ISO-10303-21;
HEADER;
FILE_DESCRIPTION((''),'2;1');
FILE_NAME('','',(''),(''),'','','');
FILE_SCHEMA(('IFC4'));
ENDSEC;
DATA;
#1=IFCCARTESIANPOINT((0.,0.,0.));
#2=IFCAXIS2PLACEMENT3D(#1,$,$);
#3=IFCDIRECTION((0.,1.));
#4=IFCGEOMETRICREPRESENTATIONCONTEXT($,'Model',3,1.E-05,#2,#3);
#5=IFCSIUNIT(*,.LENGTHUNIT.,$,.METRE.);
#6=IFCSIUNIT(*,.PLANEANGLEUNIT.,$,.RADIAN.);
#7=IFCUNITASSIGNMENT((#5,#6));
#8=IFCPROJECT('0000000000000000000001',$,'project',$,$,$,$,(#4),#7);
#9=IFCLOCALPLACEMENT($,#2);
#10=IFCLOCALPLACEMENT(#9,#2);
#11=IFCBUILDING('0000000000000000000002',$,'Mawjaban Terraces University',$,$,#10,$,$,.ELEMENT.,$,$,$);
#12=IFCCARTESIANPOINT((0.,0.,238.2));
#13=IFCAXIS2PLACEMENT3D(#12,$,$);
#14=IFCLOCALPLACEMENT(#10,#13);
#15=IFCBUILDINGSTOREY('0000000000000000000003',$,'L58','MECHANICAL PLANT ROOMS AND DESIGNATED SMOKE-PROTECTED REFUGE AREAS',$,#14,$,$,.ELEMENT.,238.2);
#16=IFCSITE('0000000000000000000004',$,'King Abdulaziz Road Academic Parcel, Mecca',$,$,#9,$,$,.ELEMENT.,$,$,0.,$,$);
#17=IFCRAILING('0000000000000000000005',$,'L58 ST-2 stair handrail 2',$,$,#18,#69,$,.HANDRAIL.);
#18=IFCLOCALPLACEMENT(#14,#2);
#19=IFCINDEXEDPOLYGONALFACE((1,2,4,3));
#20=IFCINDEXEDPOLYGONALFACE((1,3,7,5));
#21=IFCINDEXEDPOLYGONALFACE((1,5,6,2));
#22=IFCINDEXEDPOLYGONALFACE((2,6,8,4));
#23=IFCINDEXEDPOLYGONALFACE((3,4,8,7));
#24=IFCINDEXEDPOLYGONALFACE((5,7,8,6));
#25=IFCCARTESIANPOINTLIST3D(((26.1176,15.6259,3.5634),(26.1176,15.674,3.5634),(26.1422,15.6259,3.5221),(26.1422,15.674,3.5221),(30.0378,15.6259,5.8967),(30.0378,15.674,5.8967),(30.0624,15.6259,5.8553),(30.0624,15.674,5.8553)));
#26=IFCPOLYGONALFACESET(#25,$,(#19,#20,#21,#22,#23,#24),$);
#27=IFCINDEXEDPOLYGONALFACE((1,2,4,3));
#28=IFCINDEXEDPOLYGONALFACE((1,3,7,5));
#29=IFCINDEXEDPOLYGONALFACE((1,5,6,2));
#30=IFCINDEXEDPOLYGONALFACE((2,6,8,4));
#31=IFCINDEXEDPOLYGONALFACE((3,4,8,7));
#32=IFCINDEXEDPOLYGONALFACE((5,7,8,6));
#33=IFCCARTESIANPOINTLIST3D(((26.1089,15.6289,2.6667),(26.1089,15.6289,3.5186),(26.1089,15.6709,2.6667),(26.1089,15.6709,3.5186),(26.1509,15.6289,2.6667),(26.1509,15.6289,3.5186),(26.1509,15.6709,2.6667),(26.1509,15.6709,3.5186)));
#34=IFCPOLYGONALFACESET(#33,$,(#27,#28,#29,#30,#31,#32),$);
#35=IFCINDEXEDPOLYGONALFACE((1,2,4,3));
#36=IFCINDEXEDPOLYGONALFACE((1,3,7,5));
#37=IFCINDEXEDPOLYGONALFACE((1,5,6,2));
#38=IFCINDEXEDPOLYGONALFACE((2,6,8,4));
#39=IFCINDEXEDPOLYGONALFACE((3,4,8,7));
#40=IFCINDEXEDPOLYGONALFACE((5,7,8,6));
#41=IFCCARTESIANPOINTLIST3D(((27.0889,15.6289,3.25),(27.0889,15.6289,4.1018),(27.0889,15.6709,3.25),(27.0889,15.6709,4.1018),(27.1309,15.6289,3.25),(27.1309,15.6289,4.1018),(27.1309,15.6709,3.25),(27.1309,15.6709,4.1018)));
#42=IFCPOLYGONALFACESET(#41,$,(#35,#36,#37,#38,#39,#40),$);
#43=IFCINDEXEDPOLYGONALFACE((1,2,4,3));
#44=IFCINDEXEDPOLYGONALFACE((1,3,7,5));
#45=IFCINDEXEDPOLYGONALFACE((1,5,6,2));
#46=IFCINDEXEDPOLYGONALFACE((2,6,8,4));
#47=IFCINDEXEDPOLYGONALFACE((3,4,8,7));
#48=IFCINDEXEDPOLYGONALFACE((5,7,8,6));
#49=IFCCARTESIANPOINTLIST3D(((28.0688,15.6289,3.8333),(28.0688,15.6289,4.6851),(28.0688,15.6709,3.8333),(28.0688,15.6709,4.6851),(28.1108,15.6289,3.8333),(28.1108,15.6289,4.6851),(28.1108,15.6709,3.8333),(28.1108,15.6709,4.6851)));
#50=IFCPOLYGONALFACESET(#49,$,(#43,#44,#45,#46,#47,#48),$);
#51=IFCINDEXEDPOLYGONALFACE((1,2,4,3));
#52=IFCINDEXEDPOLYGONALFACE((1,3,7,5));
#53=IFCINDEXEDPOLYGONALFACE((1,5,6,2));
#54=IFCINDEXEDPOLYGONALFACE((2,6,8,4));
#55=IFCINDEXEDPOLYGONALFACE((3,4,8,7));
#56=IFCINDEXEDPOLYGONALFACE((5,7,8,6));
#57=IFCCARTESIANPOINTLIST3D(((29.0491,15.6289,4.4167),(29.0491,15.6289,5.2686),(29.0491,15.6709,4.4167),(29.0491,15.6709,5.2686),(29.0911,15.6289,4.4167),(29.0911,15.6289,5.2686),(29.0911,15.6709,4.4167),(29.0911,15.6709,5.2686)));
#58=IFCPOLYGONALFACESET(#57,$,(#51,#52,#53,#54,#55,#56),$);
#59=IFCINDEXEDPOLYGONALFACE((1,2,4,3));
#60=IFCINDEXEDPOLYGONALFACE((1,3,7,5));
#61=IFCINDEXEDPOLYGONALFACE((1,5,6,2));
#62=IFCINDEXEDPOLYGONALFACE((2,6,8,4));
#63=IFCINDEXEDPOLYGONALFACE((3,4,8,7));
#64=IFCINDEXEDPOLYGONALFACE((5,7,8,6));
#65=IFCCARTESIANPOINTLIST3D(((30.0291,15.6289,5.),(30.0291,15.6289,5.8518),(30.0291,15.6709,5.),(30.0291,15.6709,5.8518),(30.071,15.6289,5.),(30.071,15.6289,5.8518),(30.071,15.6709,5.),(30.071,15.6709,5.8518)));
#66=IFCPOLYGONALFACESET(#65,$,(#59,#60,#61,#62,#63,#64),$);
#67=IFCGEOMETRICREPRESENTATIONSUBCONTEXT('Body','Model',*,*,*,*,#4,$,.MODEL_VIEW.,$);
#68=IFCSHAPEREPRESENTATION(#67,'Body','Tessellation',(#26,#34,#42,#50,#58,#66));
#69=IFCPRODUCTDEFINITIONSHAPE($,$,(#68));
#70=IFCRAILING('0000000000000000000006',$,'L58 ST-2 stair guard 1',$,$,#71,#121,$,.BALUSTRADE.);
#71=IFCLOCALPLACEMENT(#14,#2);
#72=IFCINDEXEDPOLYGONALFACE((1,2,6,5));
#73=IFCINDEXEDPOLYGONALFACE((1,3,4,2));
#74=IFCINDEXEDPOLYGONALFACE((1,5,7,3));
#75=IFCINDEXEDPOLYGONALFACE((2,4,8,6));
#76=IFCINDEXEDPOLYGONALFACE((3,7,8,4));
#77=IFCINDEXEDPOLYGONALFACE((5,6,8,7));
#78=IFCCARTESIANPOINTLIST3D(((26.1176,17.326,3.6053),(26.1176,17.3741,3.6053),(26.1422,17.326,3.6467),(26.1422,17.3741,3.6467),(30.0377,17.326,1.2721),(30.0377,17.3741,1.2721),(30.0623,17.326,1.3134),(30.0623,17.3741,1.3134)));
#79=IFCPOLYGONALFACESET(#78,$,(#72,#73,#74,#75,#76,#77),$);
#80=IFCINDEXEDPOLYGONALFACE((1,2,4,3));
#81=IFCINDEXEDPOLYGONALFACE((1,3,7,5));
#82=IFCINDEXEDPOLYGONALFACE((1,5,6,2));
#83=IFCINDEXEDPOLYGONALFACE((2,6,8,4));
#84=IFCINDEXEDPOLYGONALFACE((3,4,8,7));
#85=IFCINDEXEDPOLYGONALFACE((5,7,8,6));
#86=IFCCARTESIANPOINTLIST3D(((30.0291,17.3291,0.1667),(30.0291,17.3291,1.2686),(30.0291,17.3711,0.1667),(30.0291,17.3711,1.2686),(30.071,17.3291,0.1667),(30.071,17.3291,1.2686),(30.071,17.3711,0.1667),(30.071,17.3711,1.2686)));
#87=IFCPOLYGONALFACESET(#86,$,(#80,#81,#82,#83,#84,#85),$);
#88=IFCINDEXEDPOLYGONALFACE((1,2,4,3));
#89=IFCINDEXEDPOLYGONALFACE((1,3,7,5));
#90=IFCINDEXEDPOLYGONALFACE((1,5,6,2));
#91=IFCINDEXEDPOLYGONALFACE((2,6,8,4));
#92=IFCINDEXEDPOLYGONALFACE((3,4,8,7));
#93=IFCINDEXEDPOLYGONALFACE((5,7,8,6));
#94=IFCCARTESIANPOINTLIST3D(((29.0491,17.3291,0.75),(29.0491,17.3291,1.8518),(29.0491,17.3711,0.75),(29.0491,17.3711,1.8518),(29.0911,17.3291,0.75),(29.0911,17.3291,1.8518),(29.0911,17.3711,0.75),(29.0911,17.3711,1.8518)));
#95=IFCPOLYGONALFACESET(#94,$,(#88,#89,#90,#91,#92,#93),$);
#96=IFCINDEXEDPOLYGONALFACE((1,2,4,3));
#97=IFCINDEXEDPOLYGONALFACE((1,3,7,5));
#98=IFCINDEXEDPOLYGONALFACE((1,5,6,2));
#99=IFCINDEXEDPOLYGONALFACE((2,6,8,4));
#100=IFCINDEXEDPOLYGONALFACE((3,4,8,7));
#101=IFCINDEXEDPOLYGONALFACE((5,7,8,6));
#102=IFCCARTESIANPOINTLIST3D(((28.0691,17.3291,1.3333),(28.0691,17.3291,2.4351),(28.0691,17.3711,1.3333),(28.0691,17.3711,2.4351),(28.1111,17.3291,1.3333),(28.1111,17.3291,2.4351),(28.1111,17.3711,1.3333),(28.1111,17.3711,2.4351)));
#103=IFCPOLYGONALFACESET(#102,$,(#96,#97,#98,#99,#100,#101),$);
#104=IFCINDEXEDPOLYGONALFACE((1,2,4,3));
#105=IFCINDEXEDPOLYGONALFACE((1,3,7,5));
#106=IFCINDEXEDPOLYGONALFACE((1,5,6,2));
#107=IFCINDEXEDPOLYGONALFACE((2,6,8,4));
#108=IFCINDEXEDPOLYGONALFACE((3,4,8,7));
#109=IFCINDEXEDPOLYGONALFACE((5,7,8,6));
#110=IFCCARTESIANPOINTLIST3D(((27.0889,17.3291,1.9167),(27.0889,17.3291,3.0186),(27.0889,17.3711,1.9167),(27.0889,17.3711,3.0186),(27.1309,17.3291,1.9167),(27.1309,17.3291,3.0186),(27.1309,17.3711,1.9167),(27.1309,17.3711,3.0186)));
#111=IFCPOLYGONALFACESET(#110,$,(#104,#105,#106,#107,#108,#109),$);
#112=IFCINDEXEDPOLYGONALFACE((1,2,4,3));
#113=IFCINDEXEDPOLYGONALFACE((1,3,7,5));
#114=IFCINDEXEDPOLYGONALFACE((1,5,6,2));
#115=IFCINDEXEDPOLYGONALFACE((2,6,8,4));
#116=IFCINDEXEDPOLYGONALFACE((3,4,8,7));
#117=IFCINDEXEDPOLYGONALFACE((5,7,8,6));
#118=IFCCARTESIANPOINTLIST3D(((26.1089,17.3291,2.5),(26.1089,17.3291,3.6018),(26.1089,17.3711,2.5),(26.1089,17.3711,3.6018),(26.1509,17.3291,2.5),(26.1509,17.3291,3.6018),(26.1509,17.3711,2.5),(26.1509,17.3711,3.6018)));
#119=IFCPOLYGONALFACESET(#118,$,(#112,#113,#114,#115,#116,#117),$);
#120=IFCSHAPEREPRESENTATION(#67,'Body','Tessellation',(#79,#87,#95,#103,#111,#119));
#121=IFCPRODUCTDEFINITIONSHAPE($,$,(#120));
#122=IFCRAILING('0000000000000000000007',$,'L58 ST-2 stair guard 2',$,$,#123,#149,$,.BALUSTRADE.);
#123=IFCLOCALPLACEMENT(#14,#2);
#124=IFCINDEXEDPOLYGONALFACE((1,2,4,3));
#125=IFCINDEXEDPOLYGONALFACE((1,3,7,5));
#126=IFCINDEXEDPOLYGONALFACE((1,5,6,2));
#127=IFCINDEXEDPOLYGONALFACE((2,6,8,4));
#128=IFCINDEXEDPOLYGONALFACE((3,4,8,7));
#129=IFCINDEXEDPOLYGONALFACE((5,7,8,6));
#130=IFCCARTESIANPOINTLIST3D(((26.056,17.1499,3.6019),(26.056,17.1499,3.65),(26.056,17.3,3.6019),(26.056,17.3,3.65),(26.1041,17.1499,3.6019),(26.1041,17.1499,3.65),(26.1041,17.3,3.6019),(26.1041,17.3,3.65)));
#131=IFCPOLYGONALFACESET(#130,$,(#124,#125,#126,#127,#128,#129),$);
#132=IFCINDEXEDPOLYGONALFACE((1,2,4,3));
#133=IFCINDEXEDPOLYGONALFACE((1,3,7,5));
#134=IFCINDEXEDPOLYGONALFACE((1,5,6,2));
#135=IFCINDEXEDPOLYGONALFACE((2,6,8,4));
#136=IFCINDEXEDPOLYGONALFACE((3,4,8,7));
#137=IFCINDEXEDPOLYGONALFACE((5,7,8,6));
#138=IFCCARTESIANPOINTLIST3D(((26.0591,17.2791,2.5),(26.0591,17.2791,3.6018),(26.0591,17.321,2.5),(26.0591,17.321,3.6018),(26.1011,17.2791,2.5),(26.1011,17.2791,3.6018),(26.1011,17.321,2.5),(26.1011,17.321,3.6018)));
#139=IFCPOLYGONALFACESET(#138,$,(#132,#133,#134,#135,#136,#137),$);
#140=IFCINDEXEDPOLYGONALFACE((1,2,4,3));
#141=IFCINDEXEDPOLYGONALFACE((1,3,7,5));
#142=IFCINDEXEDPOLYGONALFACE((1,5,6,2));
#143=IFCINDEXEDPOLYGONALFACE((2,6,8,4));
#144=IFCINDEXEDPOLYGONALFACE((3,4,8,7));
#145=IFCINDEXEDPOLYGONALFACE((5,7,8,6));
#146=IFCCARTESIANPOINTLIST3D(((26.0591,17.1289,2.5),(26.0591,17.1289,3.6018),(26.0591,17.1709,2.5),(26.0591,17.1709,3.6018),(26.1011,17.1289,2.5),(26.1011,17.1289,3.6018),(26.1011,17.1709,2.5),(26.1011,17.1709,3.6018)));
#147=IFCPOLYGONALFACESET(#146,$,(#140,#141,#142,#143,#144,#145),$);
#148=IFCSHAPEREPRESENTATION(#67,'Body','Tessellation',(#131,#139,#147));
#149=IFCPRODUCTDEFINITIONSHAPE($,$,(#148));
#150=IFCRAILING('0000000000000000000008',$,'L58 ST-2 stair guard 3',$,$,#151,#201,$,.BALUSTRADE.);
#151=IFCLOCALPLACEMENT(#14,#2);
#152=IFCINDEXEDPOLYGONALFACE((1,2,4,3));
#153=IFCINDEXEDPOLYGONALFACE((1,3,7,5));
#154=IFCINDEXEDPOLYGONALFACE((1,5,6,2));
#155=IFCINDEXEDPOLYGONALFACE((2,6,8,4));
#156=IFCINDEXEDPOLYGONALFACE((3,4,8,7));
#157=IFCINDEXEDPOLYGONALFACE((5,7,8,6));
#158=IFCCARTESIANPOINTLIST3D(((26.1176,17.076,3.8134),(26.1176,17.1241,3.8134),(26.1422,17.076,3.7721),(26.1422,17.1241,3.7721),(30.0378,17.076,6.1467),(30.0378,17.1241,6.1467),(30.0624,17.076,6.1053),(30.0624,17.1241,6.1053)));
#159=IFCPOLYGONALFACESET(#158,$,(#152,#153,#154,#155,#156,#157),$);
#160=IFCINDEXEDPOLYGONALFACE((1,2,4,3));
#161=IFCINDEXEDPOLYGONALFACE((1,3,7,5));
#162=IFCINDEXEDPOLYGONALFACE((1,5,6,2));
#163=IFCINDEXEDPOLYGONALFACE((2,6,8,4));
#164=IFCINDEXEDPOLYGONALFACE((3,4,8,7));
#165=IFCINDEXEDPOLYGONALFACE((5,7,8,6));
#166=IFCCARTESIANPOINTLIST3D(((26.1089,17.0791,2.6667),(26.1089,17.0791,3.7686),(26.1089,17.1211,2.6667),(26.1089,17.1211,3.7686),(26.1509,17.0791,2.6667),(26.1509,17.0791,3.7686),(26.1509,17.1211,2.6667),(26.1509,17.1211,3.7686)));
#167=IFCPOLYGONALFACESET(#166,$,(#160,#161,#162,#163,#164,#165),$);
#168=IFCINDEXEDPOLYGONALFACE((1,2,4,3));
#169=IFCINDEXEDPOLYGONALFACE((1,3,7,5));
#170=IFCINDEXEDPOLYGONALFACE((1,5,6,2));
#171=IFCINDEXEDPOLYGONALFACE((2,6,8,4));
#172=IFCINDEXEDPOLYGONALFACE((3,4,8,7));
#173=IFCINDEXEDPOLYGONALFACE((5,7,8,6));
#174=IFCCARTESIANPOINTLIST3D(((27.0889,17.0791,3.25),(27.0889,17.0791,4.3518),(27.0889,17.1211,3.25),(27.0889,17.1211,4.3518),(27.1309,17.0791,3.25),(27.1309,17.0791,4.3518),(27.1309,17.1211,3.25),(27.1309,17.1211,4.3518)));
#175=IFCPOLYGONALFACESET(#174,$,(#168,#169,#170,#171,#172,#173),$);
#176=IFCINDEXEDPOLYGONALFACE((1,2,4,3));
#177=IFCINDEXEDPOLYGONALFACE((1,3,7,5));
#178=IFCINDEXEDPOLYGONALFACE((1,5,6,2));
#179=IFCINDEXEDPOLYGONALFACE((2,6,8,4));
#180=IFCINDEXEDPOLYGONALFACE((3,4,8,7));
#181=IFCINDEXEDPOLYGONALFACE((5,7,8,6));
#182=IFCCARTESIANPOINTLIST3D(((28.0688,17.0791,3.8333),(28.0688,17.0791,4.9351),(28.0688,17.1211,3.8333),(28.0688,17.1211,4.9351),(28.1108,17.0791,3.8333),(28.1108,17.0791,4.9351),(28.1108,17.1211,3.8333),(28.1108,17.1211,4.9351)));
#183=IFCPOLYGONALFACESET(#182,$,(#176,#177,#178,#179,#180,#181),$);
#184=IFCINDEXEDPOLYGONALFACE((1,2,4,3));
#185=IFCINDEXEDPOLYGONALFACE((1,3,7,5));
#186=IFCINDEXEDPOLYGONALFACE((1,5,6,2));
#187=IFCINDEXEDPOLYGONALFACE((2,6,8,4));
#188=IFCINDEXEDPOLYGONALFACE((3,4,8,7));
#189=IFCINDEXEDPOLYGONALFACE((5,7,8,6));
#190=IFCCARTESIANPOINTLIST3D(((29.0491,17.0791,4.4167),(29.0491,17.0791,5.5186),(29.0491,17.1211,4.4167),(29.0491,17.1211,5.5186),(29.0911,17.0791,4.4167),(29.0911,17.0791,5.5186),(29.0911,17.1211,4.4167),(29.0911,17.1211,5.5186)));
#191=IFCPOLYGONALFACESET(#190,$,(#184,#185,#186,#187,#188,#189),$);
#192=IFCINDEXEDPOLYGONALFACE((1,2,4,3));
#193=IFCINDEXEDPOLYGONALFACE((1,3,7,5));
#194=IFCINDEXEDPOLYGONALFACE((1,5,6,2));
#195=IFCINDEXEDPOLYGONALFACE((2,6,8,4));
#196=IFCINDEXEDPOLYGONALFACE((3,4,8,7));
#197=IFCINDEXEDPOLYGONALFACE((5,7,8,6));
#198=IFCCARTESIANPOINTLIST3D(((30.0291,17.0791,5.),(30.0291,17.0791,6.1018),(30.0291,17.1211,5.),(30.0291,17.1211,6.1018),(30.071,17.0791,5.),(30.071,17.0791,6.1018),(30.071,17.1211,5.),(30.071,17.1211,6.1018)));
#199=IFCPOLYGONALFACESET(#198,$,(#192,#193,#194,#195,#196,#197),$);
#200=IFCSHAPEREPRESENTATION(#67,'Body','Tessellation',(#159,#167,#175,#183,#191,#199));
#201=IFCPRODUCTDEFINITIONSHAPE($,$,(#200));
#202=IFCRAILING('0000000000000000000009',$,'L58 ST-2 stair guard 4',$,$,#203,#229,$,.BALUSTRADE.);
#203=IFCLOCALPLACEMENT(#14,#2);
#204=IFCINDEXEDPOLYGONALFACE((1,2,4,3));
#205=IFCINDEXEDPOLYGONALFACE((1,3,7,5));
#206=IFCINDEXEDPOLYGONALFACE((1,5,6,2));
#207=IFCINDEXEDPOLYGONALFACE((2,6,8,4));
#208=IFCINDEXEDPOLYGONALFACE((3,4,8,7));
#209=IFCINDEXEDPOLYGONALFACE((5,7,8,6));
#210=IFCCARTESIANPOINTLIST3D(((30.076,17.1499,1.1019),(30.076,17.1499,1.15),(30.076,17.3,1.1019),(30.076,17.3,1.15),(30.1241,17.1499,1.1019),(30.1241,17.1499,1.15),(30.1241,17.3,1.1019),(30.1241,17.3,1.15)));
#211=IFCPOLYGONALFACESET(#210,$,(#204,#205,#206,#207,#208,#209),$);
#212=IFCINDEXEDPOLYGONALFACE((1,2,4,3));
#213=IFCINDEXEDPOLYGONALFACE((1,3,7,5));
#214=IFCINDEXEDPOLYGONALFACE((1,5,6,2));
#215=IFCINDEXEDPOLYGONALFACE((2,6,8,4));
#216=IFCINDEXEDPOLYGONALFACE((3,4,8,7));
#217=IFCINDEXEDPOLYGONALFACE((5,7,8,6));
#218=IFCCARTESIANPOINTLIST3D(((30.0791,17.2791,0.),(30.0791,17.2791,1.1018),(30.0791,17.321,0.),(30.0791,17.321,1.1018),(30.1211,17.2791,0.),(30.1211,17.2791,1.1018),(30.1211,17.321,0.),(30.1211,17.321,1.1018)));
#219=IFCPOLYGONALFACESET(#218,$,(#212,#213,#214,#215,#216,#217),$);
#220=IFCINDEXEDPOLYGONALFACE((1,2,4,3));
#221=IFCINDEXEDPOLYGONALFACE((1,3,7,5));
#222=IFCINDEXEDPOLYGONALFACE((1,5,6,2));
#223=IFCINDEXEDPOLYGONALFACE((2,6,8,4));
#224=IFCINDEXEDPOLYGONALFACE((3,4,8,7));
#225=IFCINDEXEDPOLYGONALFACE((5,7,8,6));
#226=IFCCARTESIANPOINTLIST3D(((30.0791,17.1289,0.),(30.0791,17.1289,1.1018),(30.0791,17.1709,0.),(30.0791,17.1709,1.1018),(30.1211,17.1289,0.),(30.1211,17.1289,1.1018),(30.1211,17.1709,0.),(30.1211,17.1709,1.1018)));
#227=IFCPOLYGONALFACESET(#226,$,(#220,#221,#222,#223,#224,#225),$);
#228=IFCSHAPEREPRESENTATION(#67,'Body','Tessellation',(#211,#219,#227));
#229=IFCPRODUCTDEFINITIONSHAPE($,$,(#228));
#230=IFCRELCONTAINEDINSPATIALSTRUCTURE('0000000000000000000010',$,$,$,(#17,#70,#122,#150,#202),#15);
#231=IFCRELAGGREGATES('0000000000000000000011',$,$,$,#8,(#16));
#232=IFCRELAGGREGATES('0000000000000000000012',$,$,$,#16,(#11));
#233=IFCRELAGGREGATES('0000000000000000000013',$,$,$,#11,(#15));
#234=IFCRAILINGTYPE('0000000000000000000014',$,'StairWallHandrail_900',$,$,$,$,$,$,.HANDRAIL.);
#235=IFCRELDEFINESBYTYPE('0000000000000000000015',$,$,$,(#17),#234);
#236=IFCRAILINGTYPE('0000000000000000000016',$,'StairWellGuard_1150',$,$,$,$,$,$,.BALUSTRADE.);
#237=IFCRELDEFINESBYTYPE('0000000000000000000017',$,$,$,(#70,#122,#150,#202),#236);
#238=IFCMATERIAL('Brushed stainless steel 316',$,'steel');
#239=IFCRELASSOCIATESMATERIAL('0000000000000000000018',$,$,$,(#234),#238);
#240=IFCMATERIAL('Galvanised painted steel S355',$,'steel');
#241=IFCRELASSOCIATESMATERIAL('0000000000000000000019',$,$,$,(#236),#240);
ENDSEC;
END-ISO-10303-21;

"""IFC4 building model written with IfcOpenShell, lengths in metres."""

from ifc_helpers import new_model, si_unit, direction, frame, origin, origin_2d, place, context, subcontext, project, spatial, rectangle, extrude, material, type_object, element, save


model = new_model("IFC4")

# Units and contexts
model_context = context("Model", 3, precision=1e-05, world=origin(), true_north=direction((0.0, 1.0)))
body_context = subcontext(model_context, "Body", "Model", "MODEL_VIEW")
ifc_project = project(units=[si_unit("LENGTHUNIT", "METRE"), si_unit("PLANEANGLEUNIT", "RADIAN")], contexts=[model_context])

# Site, building, storey
site_placement = place(None, origin())
site = spatial("IfcSite", under=ifc_project, at=site_placement, Name="King Abdulaziz Road Academic Parcel, Mecca", CompositionType="ELEMENT", RefElevation=0.0)
building_placement = place(site_placement, origin())
building = spatial("IfcBuilding", under=site, at=building_placement, Name="Mawjaban Terraces University", CompositionType="ELEMENT")
storey_placement = place(building_placement, frame((0.0, 0.0, 238.2)))
storey = spatial("IfcBuildingStorey", under=building, at=storey_placement, Name="L58", Description="MECHANICAL PLANT ROOMS AND DESIGNATED SMOKE-PROTECTED REFUGE AREAS", CompositionType="ELEMENT", Elevation=238.2)

# Railings
ifc_material_1 = material(Name="Brushed stainless steel 316", Category="steel")
railing_type_1 = type_object("IfcRailingType", Name="StairWallHandrail_900", PredefinedType="HANDRAIL", material=ifc_material_1)
railing_1_placement = place(storey_placement, frame((26.1299, 15.6499, 2.6667)))
element("IfcRailing", 1, at=railing_1_placement, inside=storey, type_object=railing_type_1, Name="L58 ST-2 stair handrail 2", PredefinedType="HANDRAIL", context=body_context, shape_type="SweptSolid", body=[
    extrude(rectangle(XDim=0.0481, YDim=0.0481, at=origin_2d()), frame((0.0, 0.0, 0.876), z_axis=(0.85931, 0.0, 0.511455), x_axis=(0.0, 1.0, 0.0)), (0.0, 0.0, 1.0), 4.562),
    extrude(rectangle(XDim=0.042, YDim=0.042, at=origin_2d()), origin(), (0.0, 0.0, 1.0), 0.8518),
    extrude(rectangle(XDim=0.042, YDim=0.042, at=origin_2d()), frame((0.98, 0.0, 0.5833)), (0.0, 0.0, 1.0), 0.8518),
    extrude(rectangle(XDim=0.042, YDim=0.042, at=origin_2d()), frame((1.96, 0.0, 1.1665)), (0.0, 0.0, 1.0), 0.8518),
    extrude(rectangle(XDim=0.042, YDim=0.042, at=origin_2d()), frame((2.9402, 0.0, 1.75)), (0.0, 0.0, 1.0), 0.8518),
    extrude(rectangle(XDim=0.042, YDim=0.042, at=origin_2d()), frame((3.9202, 0.0, 2.3333)), (0.0, 0.0, 1.0), 0.8518),
])
ifc_material_2 = material(Name="Galvanised painted steel S355", Category="steel")
railing_type_2 = type_object("IfcRailingType", Name="StairWellGuard_1150", PredefinedType="BALUSTRADE", material=ifc_material_2)
railing_2_placement = place(storey_placement, frame((30.05, 17.3501, 0.1667)))
element("IfcRailing", 2, at=railing_2_placement, inside=storey, type_object=railing_type_2, Name="L58 ST-2 stair guard 1", PredefinedType="BALUSTRADE", context=body_context, shape_type="SweptSolid", body=[
    extrude(rectangle(XDim=0.0481, YDim=0.0481, at=origin_2d()), frame((0.0, 0.0, 1.126), z_axis=(-0.85931, 0.0, 0.511455), x_axis=(0.0, -1.0, 0.0)), (0.0, 0.0, 1.0), 4.562),
    extrude(rectangle(XDim=0.042, YDim=0.042, at=origin_2d()), origin(), (0.0, 0.0, 1.0), 1.1018),
    extrude(rectangle(XDim=0.042, YDim=0.042, at=origin_2d()), frame((-0.98, 0.0, 0.5833)), (0.0, 0.0, 1.0), 1.1018),
    extrude(rectangle(XDim=0.042, YDim=0.042, at=origin_2d()), frame((-1.96, 0.0, 1.1665)), (0.0, 0.0, 1.0), 1.1018),
    extrude(rectangle(XDim=0.042, YDim=0.042, at=origin_2d()), frame((-2.9402, 0.0, 1.75)), (0.0, 0.0, 1.0), 1.1018),
    extrude(rectangle(XDim=0.042, YDim=0.042, at=origin_2d()), frame((-3.9202, 0.0, 2.3333)), (0.0, 0.0, 1.0), 1.1018),
])
railing_3_placement = place(storey_placement, frame((26.0801, 17.3, 2.5)))
element("IfcRailing", 3, at=railing_3_placement, inside=storey, type_object=railing_type_2, Name="L58 ST-2 stair guard 2", PredefinedType="BALUSTRADE", context=body_context, shape_type="SweptSolid", body=[
    extrude(rectangle(XDim=0.0481, YDim=0.0481, at=origin_2d()), frame((0.0, 0.0, 1.126), z_axis=(0.0, -1.0, 0.0), x_axis=(1.0, 0.0, 0.0)), (0.0, 0.0, 1.0), 0.1501),
    extrude(rectangle(XDim=0.042, YDim=0.042, at=origin_2d()), origin(), (0.0, 0.0, 1.0), 1.1018),
    extrude(rectangle(XDim=0.042, YDim=0.042, at=origin_2d()), frame((0.0, -0.1501, 0.0)), (0.0, 0.0, 1.0), 1.1018),
])
railing_4_placement = place(storey_placement, frame((26.1299, 17.1001, 2.6667)))
element("IfcRailing", 4, at=railing_4_placement, inside=storey, type_object=railing_type_2, Name="L58 ST-2 stair guard 3", PredefinedType="BALUSTRADE", context=body_context, shape_type="SweptSolid", body=[
    extrude(rectangle(XDim=0.0481, YDim=0.0481, at=origin_2d()), frame((0.0, 0.0, 1.126), z_axis=(0.85931, 0.0, 0.511455), x_axis=(0.0, 1.0, 0.0)), (0.0, 0.0, 1.0), 4.562),
    extrude(rectangle(XDim=0.042, YDim=0.042, at=origin_2d()), origin(), (0.0, 0.0, 1.0), 1.1018),
    extrude(rectangle(XDim=0.042, YDim=0.042, at=origin_2d()), frame((0.98, 0.0, 0.5833)), (0.0, 0.0, 1.0), 1.1018),
    extrude(rectangle(XDim=0.042, YDim=0.042, at=origin_2d()), frame((1.96, 0.0, 1.1665)), (0.0, 0.0, 1.0), 1.1018),
    extrude(rectangle(XDim=0.042, YDim=0.042, at=origin_2d()), frame((2.9402, 0.0, 1.75)), (0.0, 0.0, 1.0), 1.1018),
    extrude(rectangle(XDim=0.042, YDim=0.042, at=origin_2d()), frame((3.9202, 0.0, 2.3333)), (0.0, 0.0, 1.0), 1.1018),
])
railing_5_placement = place(storey_placement, frame((30.1001, 17.3, 0.0)))
element("IfcRailing", 5, at=railing_5_placement, inside=storey, type_object=railing_type_2, Name="L58 ST-2 stair guard 4", PredefinedType="BALUSTRADE", context=body_context, shape_type="SweptSolid", body=[
    extrude(rectangle(XDim=0.0481, YDim=0.0481, at=origin_2d()), frame((0.0, 0.0, 1.126), z_axis=(0.0, -1.0, 0.0), x_axis=(1.0, 0.0, 0.0)), (0.0, 0.0, 1.0), 0.1501),
    extrude(rectangle(XDim=0.042, YDim=0.042, at=origin_2d()), origin(), (0.0, 0.0, 1.0), 1.1018),
    extrude(rectangle(XDim=0.042, YDim=0.042, at=origin_2d()), frame((0.0, -0.1501, 0.0)), (0.0, 0.0, 1.0), 1.1018),
])

save(model, "model.ifc")
